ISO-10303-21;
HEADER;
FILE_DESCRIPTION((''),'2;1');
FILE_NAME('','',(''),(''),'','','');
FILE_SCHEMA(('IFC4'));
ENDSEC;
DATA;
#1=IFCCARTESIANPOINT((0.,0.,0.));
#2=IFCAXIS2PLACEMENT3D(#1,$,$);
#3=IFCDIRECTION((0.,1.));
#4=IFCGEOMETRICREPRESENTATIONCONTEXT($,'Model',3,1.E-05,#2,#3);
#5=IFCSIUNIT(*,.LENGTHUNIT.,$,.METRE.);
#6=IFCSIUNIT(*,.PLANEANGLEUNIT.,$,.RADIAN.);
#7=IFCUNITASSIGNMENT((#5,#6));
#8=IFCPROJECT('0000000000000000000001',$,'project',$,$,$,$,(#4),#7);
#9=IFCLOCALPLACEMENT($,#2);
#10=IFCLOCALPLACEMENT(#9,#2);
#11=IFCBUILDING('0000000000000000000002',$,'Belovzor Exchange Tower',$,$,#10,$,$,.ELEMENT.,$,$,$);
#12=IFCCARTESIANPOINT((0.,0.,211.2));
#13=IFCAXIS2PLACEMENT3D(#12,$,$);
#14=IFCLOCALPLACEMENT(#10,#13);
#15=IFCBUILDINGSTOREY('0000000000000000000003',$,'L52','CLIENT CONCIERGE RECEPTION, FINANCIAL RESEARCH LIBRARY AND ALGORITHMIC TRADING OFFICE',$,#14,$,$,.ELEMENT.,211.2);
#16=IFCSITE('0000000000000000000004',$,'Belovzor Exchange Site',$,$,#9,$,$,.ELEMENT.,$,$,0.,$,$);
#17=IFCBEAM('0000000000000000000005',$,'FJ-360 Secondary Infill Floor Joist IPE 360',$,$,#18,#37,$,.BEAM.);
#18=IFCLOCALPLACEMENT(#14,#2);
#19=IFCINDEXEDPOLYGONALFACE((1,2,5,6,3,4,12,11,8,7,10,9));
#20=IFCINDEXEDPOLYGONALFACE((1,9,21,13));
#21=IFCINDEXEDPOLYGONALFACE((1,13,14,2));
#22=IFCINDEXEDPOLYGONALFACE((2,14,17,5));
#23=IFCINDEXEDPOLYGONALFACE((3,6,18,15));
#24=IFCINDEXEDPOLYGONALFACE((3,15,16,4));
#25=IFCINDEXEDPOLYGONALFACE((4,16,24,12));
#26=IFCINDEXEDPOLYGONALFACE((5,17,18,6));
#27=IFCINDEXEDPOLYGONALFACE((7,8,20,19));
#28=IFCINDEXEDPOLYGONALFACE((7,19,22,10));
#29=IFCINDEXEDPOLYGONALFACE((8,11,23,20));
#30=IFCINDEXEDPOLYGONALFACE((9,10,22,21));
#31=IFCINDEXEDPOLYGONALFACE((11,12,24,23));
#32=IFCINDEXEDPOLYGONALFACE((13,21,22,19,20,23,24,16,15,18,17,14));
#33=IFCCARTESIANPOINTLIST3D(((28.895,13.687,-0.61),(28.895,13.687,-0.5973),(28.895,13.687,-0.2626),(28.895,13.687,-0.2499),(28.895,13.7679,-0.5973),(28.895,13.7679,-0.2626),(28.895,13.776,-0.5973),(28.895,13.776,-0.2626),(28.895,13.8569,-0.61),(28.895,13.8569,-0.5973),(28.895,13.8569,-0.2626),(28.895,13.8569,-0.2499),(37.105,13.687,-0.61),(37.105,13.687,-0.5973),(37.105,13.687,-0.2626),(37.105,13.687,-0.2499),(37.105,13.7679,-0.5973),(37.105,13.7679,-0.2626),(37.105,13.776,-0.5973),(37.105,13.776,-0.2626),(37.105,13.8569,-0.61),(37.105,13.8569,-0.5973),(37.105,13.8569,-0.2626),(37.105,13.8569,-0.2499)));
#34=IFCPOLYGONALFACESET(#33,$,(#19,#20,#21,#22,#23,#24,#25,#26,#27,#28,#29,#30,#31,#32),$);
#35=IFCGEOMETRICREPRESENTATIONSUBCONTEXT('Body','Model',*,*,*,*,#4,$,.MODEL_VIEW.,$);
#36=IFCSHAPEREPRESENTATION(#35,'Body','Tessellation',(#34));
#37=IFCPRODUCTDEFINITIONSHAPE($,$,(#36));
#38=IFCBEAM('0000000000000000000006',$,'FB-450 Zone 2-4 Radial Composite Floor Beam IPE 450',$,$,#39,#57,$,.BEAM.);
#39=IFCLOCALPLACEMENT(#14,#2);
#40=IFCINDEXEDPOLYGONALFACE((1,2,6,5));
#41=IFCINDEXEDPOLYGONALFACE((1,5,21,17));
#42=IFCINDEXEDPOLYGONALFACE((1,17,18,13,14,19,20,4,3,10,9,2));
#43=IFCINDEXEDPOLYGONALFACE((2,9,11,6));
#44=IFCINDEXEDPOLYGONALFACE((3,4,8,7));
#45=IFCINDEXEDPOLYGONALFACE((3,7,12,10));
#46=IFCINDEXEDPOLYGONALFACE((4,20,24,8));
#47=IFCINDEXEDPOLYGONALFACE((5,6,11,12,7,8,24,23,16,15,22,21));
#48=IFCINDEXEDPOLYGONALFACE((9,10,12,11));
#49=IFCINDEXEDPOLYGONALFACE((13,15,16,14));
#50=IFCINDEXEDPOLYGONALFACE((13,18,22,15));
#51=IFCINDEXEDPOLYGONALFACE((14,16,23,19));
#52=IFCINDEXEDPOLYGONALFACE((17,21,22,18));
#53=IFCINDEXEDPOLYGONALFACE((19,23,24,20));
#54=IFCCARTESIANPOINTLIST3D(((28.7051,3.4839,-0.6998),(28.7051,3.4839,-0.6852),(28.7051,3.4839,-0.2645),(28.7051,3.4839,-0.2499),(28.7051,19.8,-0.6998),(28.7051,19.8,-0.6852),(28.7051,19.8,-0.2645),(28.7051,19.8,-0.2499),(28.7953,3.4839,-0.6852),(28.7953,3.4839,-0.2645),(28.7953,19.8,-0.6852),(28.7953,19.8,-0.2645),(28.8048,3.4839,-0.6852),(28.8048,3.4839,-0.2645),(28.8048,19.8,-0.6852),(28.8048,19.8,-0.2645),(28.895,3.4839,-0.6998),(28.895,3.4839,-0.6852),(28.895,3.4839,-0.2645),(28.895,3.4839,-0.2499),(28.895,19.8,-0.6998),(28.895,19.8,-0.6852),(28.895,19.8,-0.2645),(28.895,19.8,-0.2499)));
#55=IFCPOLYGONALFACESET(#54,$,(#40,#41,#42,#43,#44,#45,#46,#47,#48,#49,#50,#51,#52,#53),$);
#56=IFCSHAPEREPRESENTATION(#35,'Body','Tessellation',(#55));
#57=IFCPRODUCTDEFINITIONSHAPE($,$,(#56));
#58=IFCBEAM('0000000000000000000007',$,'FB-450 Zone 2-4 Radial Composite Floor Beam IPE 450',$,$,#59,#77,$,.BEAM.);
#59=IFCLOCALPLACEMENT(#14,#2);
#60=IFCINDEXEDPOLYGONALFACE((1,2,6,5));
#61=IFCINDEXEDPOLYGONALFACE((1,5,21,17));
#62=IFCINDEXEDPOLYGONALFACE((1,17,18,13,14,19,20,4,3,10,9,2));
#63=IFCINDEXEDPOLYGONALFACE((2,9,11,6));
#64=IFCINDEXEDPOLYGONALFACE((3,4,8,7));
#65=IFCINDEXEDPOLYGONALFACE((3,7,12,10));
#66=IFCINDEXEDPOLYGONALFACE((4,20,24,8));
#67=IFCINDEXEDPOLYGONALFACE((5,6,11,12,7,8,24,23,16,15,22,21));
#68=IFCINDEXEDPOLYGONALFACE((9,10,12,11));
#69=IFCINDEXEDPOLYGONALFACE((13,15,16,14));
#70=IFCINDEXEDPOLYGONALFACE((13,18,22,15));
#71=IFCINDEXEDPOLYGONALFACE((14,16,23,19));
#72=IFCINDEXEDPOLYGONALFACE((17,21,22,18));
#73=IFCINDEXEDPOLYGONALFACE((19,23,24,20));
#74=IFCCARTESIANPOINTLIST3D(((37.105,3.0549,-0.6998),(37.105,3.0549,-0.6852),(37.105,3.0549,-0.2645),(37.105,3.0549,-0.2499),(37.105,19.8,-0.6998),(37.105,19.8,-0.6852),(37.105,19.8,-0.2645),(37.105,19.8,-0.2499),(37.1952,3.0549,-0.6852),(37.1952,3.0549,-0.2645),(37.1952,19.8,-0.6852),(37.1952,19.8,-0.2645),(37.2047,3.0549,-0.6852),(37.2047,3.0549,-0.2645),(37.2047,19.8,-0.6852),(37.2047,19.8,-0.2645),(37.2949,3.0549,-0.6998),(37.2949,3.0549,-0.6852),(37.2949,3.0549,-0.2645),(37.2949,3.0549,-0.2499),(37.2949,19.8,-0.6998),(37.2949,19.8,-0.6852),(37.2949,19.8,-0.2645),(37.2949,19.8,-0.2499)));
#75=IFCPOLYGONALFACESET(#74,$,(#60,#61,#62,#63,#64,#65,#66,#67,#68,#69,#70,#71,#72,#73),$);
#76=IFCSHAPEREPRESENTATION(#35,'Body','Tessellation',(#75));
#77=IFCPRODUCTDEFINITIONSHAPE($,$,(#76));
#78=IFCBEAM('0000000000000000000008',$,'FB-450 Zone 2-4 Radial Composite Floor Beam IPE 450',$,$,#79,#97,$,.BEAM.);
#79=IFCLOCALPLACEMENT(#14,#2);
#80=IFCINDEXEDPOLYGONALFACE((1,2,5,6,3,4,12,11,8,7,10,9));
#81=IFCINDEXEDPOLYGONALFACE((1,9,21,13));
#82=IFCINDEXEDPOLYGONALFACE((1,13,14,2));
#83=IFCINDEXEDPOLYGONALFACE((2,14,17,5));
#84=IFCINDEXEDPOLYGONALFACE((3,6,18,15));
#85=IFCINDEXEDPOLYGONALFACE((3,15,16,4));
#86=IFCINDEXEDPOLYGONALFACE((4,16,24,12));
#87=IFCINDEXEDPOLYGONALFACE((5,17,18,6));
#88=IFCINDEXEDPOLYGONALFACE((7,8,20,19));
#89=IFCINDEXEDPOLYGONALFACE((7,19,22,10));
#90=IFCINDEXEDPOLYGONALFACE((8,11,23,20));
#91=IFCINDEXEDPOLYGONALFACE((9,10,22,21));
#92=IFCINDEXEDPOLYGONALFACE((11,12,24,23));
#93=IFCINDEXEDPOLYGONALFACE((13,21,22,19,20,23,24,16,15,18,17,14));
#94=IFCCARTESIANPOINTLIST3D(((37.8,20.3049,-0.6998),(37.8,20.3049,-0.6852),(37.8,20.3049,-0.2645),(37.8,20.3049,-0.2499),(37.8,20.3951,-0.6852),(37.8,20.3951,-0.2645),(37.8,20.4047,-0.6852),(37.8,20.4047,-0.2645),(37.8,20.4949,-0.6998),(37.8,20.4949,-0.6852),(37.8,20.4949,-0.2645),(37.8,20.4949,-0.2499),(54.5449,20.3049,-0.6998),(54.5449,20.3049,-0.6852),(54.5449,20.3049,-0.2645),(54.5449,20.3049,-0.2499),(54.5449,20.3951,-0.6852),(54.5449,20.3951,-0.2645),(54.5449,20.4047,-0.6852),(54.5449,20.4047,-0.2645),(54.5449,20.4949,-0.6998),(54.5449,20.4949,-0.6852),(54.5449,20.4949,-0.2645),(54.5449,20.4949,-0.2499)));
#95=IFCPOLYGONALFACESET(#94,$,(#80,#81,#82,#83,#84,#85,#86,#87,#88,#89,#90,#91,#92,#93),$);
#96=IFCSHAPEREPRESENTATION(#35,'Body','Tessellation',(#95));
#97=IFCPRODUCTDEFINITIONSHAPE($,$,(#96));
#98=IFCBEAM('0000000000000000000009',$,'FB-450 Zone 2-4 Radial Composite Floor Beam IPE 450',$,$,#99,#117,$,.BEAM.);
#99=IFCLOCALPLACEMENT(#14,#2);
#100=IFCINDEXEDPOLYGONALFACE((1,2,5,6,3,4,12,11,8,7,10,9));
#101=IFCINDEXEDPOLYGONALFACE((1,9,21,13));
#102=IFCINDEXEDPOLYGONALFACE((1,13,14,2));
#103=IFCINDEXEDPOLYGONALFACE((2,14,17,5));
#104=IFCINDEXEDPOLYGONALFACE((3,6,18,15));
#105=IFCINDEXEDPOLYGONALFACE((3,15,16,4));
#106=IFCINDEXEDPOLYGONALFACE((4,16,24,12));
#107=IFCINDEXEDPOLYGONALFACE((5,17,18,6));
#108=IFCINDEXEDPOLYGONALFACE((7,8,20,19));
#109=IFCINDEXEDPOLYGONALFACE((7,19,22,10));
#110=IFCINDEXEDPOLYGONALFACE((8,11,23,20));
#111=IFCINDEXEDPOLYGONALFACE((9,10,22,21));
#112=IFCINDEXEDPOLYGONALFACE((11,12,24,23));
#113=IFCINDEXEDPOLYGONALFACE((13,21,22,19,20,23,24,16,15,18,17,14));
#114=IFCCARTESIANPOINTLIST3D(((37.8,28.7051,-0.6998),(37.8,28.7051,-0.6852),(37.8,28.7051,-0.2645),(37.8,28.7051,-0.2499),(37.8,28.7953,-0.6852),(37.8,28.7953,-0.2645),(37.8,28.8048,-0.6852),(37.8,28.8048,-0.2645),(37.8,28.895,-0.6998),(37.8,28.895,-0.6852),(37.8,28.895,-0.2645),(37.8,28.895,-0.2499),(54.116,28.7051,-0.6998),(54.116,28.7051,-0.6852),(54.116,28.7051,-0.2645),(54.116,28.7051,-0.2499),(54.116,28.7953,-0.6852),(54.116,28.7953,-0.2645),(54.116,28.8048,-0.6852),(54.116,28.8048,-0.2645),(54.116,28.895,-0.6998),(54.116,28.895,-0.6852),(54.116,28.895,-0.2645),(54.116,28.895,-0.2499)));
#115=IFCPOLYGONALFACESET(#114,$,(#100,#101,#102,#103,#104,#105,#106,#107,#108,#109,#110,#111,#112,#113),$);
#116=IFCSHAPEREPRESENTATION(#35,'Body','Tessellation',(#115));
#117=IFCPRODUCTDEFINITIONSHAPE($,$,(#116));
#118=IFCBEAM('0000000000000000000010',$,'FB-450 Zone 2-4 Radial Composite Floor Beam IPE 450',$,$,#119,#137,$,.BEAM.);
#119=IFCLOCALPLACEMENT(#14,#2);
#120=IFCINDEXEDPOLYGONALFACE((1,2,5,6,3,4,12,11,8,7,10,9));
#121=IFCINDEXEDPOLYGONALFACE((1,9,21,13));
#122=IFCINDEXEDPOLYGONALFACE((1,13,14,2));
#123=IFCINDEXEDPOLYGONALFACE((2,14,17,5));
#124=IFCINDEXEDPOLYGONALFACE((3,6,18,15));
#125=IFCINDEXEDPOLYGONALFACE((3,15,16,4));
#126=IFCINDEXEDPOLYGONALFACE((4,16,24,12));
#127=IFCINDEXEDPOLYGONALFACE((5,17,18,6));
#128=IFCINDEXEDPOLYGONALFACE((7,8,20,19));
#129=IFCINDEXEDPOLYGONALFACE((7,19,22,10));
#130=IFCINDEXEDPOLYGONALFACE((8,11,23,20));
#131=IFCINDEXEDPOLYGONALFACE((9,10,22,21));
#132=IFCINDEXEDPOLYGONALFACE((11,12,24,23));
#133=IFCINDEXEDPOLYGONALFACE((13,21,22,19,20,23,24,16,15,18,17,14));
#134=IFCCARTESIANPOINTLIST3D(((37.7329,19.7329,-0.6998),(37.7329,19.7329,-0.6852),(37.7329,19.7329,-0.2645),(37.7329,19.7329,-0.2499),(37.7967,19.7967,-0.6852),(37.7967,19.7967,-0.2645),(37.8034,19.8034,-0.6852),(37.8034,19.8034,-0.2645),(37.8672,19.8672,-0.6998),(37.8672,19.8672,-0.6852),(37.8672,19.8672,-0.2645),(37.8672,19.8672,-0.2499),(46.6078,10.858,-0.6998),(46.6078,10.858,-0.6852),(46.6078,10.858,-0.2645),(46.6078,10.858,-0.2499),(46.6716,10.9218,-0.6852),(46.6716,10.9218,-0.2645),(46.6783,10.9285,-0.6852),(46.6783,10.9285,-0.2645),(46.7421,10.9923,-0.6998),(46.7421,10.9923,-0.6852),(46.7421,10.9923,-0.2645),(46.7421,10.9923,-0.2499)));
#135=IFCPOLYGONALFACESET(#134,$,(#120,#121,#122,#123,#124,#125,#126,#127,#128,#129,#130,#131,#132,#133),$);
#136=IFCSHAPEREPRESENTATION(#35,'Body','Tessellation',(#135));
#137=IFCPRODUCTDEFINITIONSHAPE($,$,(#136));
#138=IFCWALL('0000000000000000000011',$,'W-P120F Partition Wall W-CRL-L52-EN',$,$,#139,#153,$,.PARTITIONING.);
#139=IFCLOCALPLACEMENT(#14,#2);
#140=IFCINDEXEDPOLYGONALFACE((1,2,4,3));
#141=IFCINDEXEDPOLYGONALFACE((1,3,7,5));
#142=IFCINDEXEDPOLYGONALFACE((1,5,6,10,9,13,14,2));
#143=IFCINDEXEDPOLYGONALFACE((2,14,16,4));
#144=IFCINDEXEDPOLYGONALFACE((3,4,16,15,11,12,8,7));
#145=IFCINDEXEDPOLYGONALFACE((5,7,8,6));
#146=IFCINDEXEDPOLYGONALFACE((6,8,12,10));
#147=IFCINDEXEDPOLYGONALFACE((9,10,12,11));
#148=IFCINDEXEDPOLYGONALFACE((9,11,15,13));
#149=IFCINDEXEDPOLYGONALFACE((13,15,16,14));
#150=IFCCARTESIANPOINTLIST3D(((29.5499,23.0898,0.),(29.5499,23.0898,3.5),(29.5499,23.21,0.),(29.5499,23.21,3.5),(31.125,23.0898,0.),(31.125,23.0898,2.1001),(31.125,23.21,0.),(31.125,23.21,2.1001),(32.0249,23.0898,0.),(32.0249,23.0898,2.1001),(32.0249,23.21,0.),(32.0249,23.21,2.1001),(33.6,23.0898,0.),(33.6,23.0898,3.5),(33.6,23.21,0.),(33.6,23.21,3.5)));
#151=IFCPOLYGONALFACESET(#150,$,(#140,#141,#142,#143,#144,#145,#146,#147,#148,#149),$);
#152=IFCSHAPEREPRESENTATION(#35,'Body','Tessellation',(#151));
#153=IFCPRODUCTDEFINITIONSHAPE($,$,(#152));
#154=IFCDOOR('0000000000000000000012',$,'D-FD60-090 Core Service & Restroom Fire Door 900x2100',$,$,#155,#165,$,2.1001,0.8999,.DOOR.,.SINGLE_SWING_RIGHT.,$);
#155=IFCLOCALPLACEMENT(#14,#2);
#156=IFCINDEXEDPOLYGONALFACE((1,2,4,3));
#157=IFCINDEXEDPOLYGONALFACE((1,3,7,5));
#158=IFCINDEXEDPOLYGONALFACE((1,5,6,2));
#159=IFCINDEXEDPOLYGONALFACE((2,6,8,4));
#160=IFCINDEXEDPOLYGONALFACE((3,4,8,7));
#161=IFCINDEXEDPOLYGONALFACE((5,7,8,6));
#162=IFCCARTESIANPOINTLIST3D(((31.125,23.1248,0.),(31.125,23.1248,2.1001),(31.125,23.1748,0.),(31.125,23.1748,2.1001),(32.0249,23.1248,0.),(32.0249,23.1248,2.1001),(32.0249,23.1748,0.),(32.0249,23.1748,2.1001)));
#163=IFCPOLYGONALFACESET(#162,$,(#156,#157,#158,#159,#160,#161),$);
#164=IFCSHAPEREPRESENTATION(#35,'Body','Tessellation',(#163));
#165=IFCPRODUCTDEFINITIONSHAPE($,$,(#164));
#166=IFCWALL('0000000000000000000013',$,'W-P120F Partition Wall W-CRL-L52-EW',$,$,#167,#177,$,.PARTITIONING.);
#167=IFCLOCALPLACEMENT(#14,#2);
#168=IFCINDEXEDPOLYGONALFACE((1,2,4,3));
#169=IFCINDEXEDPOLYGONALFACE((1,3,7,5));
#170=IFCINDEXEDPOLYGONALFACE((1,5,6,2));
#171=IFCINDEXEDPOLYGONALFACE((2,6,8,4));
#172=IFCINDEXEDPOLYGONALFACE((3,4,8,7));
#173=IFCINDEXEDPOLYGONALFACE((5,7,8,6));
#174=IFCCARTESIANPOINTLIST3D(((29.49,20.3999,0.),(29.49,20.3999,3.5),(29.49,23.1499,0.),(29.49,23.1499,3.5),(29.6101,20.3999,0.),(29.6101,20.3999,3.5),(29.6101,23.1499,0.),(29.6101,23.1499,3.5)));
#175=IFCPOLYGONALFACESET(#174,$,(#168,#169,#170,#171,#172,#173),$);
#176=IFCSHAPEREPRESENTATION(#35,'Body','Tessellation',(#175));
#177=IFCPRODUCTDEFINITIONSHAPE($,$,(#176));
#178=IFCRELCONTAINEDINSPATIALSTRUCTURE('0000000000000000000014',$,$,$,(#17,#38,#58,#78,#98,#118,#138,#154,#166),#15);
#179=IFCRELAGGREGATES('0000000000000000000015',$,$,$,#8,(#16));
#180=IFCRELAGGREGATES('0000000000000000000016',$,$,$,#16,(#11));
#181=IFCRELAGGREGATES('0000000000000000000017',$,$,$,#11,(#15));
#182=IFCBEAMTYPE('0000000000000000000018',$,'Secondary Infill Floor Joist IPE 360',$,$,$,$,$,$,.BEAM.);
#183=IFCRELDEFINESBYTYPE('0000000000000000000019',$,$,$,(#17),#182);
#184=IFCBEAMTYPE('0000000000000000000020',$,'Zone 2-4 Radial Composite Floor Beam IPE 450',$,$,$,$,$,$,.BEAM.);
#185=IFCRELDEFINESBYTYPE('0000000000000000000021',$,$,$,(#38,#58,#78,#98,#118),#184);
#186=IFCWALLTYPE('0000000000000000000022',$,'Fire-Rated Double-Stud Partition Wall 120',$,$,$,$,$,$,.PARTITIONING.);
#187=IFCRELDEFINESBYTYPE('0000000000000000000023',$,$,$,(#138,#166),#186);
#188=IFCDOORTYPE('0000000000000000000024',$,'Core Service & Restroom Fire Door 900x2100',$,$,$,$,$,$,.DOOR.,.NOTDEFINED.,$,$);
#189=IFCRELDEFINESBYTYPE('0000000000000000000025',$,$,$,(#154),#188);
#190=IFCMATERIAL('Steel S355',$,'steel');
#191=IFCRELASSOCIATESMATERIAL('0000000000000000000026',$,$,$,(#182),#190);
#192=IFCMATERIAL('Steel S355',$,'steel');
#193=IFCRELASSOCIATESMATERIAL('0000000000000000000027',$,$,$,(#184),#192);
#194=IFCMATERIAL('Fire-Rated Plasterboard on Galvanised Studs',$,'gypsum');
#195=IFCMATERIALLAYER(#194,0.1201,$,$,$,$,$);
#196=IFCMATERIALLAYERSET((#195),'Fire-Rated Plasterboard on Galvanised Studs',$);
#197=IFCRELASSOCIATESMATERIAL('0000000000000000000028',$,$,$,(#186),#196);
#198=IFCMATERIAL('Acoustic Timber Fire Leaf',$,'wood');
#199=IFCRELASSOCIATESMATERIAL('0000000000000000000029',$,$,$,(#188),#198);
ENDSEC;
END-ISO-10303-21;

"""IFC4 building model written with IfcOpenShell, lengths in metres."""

from ifc_helpers import new_model, si_unit, direction, frame, frame_2d, origin, origin_2d, place, context, subcontext, project, spatial, rectangle, i_section, extrude, material, layer, layer_set, material_profile, profile_set, type_object, element, fill, save


model = new_model("IFC4")

# Units and contexts
model_context = context("Model", 3, precision=1e-05, world=origin(), true_north=direction((0.0, 1.0)))
body_context = subcontext(model_context, "Body", "Model", "MODEL_VIEW")
ifc_project = project(units=[si_unit("LENGTHUNIT", "METRE"), si_unit("PLANEANGLEUNIT", "RADIAN")], contexts=[model_context])

# Site, building, storey
site_placement = place(None, origin())
site = spatial("IfcSite", under=ifc_project, at=site_placement, Name="Belovzor Exchange Site", CompositionType="ELEMENT", RefElevation=0.0)
building_placement = place(site_placement, origin())
building = spatial("IfcBuilding", under=site, at=building_placement, Name="Belovzor Exchange Tower", CompositionType="ELEMENT")
storey_placement = place(building_placement, frame((0.0, 0.0, 211.2)))
storey = spatial("IfcBuildingStorey", under=building, at=storey_placement, Name="L52", Description="CLIENT CONCIERGE RECEPTION, FINANCIAL RESEARCH LIBRARY AND ALGORITHMIC TRADING OFFICE", CompositionType="ELEMENT", Elevation=211.2)

# Beams
ifc_material_1 = material(Name="Steel S355", Category="steel")
ifc_material_profile_1 = material_profile(ifc_material_1, i_section(OverallWidth=0.1699, OverallDepth=0.3601, WebThickness=0.0081, FlangeThickness=0.0127, at=origin_2d()))
ifc_profile_set_1 = profile_set([ifc_material_profile_1], Name="Steel S355")
beam_type_1 = type_object("IfcBeamType", Name="Secondary Infill Floor Joist IPE 360", PredefinedType="BEAM", material=ifc_profile_set_1)
beam_1_placement = place(storey_placement, frame((28.895, 13.772, -0.4299), z_axis=(1.0, 0.0, 0.0), x_axis=(0.0, 1.0, 0.0)))
element("IfcBeam", 1, at=beam_1_placement, inside=storey, type_object=beam_type_1, Name="FJ-360 Secondary Infill Floor Joist IPE 360", PredefinedType="BEAM", context=body_context, shape_type="SweptSolid", body=[
    extrude(i_section(OverallWidth=0.1699, OverallDepth=0.3601, WebThickness=0.0081, FlangeThickness=0.0127, at=origin_2d()), origin(), (0.0, 0.0, 1.0), 8.21),
])
ifc_material_2 = material(Name="Steel S355", Category="steel")
ifc_material_profile_2 = material_profile(ifc_material_2, i_section(OverallWidth=0.1899, OverallDepth=0.45, WebThickness=0.0095, FlangeThickness=0.0146, at=origin_2d()))
ifc_profile_set_2 = profile_set([ifc_material_profile_2], Name="Steel S355")
beam_type_2 = type_object("IfcBeamType", Name="Zone 2-4 Radial Composite Floor Beam IPE 450", PredefinedType="BEAM", material=ifc_profile_set_2)
beam_2_placement = place(storey_placement, frame((28.8, 19.8, -0.4749), z_axis=(0.0, -1.0, 0.0), x_axis=(1.0, 0.0, 0.0)))
element("IfcBeam", 2, at=beam_2_placement, inside=storey, type_object=beam_type_2, Name="FB-450 Zone 2-4 Radial Composite Floor Beam IPE 450", PredefinedType="BEAM", context=body_context, shape_type="SweptSolid", body=[
    extrude(i_section(OverallWidth=0.1899, OverallDepth=0.45, WebThickness=0.0095, FlangeThickness=0.0146, at=origin_2d()), origin(), (0.0, 0.0, 1.0), 16.3162),
])
beam_3_placement = place(storey_placement, frame((37.2, 19.8, -0.4749), z_axis=(0.0, -1.0, 0.0), x_axis=(1.0, 0.0, 0.0)))
element("IfcBeam", 3, at=beam_3_placement, inside=storey, type_object=beam_type_2, Name="FB-450 Zone 2-4 Radial Composite Floor Beam IPE 450", PredefinedType="BEAM", context=body_context, shape_type="SweptSolid", body=[
    extrude(i_section(OverallWidth=0.1899, OverallDepth=0.45, WebThickness=0.0095, FlangeThickness=0.0146, at=origin_2d()), origin(), (0.0, 0.0, 1.0), 16.7451),
])
beam_4_placement = place(storey_placement, frame((37.8, 20.3999, -0.4749), z_axis=(1.0, 0.0, 0.0), x_axis=(0.0, 1.0, 0.0)))
element("IfcBeam", 4, at=beam_4_placement, inside=storey, type_object=beam_type_2, Name="FB-450 Zone 2-4 Radial Composite Floor Beam IPE 450", PredefinedType="BEAM", context=body_context, shape_type="SweptSolid", body=[
    extrude(i_section(OverallWidth=0.1899, OverallDepth=0.45, WebThickness=0.0095, FlangeThickness=0.0146, at=origin_2d()), origin(), (0.0, 0.0, 1.0), 16.7449),
])
beam_5_placement = place(storey_placement, frame((37.8, 28.8, -0.4749), z_axis=(1.0, 0.0, 0.0), x_axis=(0.0, 1.0, 0.0)))
element("IfcBeam", 5, at=beam_5_placement, inside=storey, type_object=beam_type_2, Name="FB-450 Zone 2-4 Radial Composite Floor Beam IPE 450", PredefinedType="BEAM", context=body_context, shape_type="SweptSolid", body=[
    extrude(i_section(OverallWidth=0.1899, OverallDepth=0.45, WebThickness=0.0095, FlangeThickness=0.0146, at=origin_2d()), origin(), (0.0, 0.0, 1.0), 16.3159),
])
beam_6_placement = place(storey_placement, frame((37.8, 19.8, -0.4749), z_axis=(0.707107, -0.707107, 0.0), x_axis=(0.707107, 0.707107, 0.0)))
element("IfcBeam", 6, at=beam_6_placement, inside=storey, type_object=beam_type_2, Name="FB-450 Zone 2-4 Radial Composite Floor Beam IPE 450", PredefinedType="BEAM", context=body_context, shape_type="SweptSolid", body=[
    extrude(i_section(OverallWidth=0.1899, OverallDepth=0.45, WebThickness=0.0095, FlangeThickness=0.0146, at=origin_2d()), origin(), (0.0, 0.0, 1.0), 12.551),
])

# Wall, opening, door
ifc_material_3 = material(Name="Fire-Rated Plasterboard on Galvanised Studs", Category="gypsum")
ifc_layer_1 = layer(ifc_material_3, 0.1201)
ifc_layer_set_1 = layer_set([ifc_layer_1], Name="Fire-Rated Plasterboard on Galvanised Studs")
wall_type_1 = type_object("IfcWallType", Name="Fire-Rated Double-Stud Partition Wall 120", PredefinedType="PARTITIONING", material=ifc_layer_set_1)
wall_1_placement = place(storey_placement, frame((29.55, 23.1499, 0.0), z_axis=(0.0, 0.0, 1.0), x_axis=(1.0, 0.0, 0.0)))
wall_1 = element("IfcWall", 7, at=wall_1_placement, inside=storey, type_object=wall_type_1, Name="W-P120F Partition Wall W-CRL-L52-EN", PredefinedType="PARTITIONING", context=body_context, shape_type="SweptSolid", body=[
    extrude(rectangle(XDim=4.05, YDim=0.1201, at=frame_2d((2.0249, 0.0))), origin(), (0.0, 0.0, 1.0), 3.5),
])
opening_1_placement = place(wall_1_placement, frame((1.575, 0.0, 0.0)))
opening_1 = element("IfcOpeningElement", 8, at=opening_1_placement, cuts=wall_1, PredefinedType="OPENING", context=body_context, shape_type="SweptSolid", body=[
    extrude(rectangle(XDim=0.8999, YDim=2.1001, at=frame_2d((0.45, 1.05))), frame((0.0, 0.0701, 0.0), z_axis=(0.0, -1.0, 0.0), x_axis=(1.0, 0.0, 0.0)), (0.0, 0.0, 1.0), 0.1401),
])
ifc_material_4 = material(Name="Acoustic Timber Fire Leaf", Category="wood")
door_type_1 = type_object("IfcDoorType", Name="Core Service & Restroom Fire Door 900x2100", OperationType="NOTDEFINED", PredefinedType="DOOR", material=ifc_material_4)
door_1_placement = place(opening_1_placement, origin())
door_1 = element("IfcDoor", 9, at=door_1_placement, inside=storey, type_object=door_type_1, Name="D-FD60-090 Core Service & Restroom Fire Door 900x2100", OperationType="SINGLE_SWING_RIGHT", OverallHeight=2.1001, OverallWidth=0.8999, PredefinedType="DOOR", context=body_context, shape_type="SweptSolid", body=[
    extrude(rectangle(XDim=0.8999, YDim=2.1001, at=frame_2d((0.45, 1.05))), frame((0.0, 0.0249, 0.0), z_axis=(0.0, -1.0, 0.0), x_axis=(1.0, 0.0, 0.0)), (0.0, 0.0, 1.0), 0.05),
])
fill(opening_1, door_1)

# Wall
wall_2_placement = place(storey_placement, frame((29.55, 20.3999, 0.0), z_axis=(0.0, 0.0, 1.0), x_axis=(0.0, 1.0, 0.0)))
element("IfcWall", 10, at=wall_2_placement, inside=storey, type_object=wall_type_1, Name="W-P120F Partition Wall W-CRL-L52-EW", PredefinedType="PARTITIONING", context=body_context, shape_type="SweptSolid", body=[
    extrude(rectangle(XDim=2.75, YDim=0.1201, at=frame_2d((1.375, 0.0))), origin(), (0.0, 0.0, 1.0), 3.5),
])

save(model, "model.ifc")
